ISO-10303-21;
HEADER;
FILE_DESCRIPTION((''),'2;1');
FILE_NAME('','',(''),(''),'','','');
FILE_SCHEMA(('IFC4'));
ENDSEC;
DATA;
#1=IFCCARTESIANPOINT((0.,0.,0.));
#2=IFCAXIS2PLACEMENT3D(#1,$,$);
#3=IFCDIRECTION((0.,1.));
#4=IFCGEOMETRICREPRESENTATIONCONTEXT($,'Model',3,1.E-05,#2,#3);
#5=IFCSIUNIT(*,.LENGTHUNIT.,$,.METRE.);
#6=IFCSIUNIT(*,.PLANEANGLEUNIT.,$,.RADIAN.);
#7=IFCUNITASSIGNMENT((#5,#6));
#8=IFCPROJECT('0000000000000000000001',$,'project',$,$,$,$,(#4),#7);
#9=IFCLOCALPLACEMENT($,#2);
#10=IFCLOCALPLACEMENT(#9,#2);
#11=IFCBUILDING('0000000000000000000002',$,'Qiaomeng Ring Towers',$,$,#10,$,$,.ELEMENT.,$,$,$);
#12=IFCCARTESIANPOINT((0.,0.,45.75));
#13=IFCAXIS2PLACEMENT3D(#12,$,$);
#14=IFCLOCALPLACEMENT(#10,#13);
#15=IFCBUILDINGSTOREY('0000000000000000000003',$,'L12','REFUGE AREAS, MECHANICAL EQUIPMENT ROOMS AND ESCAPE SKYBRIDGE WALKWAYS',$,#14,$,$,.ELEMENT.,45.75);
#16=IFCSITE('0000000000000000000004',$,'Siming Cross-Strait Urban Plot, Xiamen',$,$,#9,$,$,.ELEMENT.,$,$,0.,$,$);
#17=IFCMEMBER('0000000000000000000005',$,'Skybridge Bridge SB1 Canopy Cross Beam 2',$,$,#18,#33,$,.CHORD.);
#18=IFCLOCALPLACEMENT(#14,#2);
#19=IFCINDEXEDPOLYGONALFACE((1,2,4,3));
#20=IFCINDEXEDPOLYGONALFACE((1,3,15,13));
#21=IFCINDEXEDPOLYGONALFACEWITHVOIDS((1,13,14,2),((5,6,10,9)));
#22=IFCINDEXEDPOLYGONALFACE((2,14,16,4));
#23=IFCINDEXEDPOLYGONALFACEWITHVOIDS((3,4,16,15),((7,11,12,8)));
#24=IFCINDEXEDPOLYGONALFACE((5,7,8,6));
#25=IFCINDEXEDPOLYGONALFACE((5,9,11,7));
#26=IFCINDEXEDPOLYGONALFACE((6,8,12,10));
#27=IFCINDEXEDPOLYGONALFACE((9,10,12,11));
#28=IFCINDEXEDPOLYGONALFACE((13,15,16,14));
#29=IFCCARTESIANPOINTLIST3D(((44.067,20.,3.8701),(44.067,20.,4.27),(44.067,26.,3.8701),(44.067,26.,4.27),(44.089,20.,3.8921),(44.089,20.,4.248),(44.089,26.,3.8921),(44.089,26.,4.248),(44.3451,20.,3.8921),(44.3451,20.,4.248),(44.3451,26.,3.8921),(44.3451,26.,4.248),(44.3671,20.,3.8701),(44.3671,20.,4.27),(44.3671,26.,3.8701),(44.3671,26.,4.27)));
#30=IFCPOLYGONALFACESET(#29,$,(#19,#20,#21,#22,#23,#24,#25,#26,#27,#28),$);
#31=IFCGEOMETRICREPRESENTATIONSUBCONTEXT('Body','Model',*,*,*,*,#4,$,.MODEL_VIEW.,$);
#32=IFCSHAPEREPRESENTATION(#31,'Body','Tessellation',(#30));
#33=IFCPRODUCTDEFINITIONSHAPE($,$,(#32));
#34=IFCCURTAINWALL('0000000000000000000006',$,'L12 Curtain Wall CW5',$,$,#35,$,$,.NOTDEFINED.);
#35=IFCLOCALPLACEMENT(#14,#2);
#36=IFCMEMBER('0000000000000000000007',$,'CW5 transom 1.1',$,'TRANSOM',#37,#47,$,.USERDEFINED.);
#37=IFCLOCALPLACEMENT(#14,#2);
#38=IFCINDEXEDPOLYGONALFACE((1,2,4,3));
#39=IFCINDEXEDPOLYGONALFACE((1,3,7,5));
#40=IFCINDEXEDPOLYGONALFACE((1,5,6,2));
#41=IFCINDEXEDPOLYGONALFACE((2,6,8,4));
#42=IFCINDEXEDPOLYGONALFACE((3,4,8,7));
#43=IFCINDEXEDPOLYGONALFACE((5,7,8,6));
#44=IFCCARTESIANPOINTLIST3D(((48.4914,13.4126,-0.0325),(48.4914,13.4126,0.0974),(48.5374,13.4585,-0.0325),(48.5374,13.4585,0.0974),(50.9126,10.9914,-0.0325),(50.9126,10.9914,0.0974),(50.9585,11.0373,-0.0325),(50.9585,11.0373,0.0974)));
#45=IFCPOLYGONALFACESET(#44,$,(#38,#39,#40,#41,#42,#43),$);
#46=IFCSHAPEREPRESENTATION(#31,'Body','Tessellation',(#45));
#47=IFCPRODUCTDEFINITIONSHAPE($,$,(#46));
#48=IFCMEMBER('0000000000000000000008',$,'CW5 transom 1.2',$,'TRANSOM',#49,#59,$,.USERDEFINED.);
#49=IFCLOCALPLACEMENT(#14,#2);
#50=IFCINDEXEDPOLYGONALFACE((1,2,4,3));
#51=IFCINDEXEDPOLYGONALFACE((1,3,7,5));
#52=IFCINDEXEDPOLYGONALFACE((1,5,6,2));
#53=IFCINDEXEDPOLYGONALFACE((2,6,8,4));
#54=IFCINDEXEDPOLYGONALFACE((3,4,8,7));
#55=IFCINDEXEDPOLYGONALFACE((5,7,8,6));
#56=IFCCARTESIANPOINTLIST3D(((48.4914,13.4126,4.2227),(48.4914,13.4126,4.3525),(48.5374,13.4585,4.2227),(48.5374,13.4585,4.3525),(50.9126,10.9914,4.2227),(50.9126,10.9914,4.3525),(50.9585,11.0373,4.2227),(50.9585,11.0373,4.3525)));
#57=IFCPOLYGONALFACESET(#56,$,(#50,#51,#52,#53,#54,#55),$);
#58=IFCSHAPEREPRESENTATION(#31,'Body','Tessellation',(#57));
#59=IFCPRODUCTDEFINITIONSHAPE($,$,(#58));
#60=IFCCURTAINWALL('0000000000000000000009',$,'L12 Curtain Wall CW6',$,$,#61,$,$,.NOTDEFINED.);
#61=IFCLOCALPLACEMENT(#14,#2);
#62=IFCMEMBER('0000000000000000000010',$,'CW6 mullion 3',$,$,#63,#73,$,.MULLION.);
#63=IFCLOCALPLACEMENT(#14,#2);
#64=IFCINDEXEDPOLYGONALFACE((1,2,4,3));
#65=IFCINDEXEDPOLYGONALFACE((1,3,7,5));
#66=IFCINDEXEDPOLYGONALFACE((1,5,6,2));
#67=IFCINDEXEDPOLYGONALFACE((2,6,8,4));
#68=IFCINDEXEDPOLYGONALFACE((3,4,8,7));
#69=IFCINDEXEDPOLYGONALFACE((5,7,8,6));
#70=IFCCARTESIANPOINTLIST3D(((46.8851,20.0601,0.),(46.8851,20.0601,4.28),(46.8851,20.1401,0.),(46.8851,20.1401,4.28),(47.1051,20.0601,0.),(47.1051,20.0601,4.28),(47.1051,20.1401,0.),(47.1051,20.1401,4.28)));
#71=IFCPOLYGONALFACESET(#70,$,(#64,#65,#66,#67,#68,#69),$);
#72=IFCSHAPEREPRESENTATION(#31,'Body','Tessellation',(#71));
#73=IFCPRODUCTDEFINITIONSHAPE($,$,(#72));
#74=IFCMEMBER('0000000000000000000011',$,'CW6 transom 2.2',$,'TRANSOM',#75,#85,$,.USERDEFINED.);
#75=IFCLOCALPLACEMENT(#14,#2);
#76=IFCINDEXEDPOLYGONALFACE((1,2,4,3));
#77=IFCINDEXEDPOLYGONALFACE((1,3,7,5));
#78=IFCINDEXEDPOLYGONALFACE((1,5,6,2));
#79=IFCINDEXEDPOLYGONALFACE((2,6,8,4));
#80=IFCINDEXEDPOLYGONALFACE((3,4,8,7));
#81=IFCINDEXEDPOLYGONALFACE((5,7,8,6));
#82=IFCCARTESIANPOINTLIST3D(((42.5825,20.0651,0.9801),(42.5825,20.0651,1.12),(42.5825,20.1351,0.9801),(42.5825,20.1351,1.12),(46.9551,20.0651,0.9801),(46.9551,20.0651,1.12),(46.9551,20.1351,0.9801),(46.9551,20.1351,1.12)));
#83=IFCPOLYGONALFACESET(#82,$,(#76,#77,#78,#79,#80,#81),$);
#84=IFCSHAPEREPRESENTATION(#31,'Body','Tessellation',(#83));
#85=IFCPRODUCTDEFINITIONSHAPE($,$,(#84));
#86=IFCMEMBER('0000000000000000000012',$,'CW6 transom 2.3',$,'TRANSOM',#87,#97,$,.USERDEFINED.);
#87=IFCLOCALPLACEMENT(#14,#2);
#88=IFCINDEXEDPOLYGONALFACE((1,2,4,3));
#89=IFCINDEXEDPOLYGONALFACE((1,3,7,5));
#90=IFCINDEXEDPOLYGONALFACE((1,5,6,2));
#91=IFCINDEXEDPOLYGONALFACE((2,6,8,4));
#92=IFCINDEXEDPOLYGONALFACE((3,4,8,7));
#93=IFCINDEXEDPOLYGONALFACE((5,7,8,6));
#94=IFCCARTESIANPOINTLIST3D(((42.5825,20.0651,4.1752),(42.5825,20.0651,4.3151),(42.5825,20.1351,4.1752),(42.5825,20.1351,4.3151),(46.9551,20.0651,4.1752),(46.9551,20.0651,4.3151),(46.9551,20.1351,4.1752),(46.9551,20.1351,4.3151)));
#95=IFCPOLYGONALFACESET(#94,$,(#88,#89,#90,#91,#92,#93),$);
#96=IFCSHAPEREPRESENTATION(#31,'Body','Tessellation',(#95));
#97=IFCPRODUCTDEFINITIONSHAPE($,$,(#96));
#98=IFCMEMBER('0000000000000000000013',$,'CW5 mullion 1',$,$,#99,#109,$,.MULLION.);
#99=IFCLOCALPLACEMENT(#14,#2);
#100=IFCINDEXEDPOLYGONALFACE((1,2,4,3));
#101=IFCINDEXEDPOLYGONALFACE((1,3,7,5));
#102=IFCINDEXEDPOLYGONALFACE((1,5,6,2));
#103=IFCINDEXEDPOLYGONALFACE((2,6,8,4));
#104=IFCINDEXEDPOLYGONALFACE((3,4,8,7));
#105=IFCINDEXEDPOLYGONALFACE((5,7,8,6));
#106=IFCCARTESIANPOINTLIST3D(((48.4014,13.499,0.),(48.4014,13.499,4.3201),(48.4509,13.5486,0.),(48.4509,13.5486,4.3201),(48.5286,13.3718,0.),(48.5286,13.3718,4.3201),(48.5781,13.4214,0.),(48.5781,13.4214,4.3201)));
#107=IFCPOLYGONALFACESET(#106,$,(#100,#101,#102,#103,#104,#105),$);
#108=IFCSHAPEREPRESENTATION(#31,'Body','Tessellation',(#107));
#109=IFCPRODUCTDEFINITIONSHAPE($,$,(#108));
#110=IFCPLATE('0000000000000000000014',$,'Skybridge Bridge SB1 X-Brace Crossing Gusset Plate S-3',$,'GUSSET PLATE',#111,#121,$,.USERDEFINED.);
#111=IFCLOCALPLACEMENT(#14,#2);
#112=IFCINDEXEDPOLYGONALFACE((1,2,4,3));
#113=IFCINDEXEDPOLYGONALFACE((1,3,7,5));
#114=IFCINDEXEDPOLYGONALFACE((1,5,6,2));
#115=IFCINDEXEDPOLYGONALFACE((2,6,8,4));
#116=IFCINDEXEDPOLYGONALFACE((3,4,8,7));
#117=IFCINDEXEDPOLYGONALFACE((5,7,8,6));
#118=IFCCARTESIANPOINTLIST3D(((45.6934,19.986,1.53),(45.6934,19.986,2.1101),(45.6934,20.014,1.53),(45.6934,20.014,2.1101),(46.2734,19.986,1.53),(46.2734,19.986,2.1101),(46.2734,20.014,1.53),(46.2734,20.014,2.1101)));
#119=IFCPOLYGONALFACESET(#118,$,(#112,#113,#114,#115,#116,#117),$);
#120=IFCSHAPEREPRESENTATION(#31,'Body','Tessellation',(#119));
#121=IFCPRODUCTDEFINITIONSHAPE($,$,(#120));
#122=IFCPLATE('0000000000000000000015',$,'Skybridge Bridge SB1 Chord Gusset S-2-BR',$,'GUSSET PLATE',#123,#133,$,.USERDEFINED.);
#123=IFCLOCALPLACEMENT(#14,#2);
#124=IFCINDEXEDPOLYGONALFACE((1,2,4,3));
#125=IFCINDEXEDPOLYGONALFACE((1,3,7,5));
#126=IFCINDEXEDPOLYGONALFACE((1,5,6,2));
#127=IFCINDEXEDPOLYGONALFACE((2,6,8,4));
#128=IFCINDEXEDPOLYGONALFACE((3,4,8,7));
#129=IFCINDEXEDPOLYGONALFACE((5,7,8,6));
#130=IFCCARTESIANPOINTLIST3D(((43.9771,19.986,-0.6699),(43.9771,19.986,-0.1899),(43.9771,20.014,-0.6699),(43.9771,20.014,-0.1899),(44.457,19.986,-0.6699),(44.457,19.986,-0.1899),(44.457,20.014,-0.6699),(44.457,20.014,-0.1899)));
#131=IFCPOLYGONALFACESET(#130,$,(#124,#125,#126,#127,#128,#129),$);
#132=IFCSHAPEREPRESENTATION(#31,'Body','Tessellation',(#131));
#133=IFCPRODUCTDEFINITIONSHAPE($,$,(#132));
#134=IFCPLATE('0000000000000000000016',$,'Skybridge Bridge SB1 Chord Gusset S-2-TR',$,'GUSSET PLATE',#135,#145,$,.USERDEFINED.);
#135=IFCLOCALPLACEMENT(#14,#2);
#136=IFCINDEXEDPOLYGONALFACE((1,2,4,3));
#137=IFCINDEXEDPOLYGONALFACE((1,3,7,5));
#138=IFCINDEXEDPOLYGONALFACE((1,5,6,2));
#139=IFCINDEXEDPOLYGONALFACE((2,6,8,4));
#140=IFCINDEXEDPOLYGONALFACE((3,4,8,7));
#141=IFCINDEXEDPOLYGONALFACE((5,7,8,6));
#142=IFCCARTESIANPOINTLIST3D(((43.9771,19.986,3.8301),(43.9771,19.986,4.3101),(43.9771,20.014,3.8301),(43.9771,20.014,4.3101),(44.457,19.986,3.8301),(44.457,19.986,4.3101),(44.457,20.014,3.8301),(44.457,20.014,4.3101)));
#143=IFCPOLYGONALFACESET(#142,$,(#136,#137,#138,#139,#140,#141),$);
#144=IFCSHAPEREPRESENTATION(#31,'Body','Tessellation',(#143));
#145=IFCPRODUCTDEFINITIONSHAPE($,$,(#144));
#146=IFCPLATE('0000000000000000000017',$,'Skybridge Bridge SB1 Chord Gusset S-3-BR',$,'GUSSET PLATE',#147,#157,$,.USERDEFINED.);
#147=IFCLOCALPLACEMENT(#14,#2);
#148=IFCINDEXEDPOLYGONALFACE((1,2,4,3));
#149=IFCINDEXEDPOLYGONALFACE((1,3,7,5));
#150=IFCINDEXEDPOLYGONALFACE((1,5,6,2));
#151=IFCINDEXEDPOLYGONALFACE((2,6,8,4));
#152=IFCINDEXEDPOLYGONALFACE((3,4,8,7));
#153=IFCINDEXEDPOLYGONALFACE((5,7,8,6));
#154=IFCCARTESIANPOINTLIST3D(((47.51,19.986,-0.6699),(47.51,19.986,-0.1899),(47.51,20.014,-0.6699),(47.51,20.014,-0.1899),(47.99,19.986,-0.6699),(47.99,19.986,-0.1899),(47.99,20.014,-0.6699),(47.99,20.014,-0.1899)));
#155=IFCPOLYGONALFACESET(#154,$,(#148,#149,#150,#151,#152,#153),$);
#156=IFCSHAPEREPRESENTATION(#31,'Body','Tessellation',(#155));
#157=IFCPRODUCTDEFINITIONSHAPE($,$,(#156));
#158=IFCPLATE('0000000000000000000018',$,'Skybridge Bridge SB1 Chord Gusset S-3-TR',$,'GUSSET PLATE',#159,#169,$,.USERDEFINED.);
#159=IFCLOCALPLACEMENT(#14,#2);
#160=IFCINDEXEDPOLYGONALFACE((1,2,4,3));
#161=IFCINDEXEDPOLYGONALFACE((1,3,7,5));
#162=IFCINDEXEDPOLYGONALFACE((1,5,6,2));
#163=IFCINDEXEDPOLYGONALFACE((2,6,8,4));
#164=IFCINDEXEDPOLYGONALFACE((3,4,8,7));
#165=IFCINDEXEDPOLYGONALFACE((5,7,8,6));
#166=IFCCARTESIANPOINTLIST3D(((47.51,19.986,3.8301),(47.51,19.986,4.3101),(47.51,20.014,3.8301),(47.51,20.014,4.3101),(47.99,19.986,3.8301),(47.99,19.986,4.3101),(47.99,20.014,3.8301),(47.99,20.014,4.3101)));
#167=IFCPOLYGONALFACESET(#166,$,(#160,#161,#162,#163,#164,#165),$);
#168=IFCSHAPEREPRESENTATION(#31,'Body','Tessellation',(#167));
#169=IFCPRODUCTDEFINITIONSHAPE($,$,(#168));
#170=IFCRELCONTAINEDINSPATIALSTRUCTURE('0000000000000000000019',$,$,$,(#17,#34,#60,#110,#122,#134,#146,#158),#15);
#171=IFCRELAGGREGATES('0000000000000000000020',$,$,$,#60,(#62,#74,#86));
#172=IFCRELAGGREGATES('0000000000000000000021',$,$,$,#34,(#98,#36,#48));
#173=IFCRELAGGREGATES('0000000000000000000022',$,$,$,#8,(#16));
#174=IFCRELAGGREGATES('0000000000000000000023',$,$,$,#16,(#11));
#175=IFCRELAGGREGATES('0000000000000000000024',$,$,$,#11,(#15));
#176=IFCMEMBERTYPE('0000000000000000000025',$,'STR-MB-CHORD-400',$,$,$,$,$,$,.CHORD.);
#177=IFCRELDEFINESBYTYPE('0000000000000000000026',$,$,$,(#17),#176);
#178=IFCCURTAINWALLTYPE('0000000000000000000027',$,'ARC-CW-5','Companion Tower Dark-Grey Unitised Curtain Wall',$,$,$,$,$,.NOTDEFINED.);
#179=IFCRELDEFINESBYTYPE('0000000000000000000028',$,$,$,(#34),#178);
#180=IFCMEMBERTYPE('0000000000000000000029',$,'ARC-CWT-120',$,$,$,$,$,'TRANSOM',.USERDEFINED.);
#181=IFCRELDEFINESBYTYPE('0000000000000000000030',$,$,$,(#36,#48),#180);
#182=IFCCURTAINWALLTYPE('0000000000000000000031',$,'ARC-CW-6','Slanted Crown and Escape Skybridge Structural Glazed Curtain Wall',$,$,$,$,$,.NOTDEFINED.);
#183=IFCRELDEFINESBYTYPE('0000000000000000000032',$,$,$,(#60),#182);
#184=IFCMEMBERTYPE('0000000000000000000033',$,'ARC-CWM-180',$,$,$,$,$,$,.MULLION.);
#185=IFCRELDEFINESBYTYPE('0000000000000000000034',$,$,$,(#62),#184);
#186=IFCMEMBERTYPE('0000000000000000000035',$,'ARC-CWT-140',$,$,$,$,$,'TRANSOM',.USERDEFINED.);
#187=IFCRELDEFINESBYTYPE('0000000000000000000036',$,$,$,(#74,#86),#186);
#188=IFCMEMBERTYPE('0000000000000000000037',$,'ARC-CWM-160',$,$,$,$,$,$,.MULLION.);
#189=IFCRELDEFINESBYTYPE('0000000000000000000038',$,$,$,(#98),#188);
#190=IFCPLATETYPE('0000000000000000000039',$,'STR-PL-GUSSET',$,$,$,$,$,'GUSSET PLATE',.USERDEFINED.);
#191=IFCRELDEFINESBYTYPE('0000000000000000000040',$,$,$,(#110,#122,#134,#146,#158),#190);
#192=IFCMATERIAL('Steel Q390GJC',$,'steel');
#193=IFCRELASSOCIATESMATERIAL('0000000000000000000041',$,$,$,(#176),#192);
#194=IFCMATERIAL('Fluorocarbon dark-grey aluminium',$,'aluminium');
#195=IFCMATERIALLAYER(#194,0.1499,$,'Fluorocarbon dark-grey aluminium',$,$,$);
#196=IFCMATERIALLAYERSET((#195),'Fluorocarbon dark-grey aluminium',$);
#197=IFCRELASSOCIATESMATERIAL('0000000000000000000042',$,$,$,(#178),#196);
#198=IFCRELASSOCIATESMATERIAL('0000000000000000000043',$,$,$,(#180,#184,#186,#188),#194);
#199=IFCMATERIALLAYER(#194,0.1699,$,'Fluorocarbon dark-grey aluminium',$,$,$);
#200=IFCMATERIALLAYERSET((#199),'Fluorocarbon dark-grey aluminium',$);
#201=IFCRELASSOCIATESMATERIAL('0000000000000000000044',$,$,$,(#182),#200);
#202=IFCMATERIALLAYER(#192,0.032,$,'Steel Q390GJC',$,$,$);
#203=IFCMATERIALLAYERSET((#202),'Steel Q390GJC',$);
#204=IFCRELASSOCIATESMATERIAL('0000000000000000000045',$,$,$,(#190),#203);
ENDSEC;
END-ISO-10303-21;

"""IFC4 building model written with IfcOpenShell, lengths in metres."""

from ifc_helpers import new_model, si_unit, direction, frame, origin, origin_2d, place, context, subcontext, project, spatial, rectangle, hollow_rectangle, extrude, source, transform, mapped, material, layer, layer_set, material_profile, profile_set, type_object, element, aggregate, save


model = new_model("IFC4")

# Units and contexts
model_context = context("Model", 3, precision=1e-05, world=origin(), true_north=direction((0.0, 1.0)))
body_context = subcontext(model_context, "Body", "Model", "MODEL_VIEW")
ifc_project = project(units=[si_unit("LENGTHUNIT", "METRE"), si_unit("PLANEANGLEUNIT", "RADIAN")], contexts=[model_context])

# Site, building, storey
site_placement = place(None, origin())
site = spatial("IfcSite", under=ifc_project, at=site_placement, Name="Siming Cross-Strait Urban Plot, Xiamen", CompositionType="ELEMENT", RefElevation=0.0)
building_placement = place(site_placement, origin())
building = spatial("IfcBuilding", under=site, at=building_placement, Name="Qiaomeng Ring Towers", CompositionType="ELEMENT")
storey_placement = place(building_placement, frame((0.0, 0.0, 45.75)))
storey = spatial("IfcBuildingStorey", under=building, at=storey_placement, Name="L12", Description="REFUGE AREAS, MECHANICAL EQUIPMENT ROOMS AND ESCAPE SKYBRIDGE WALKWAYS", CompositionType="ELEMENT", Elevation=45.75)

# Shared definitions
ifc_material_1 = material(Name="Steel Q390GJC", Category="steel")

# Member
ifc_material_profile_1 = material_profile(ifc_material_1, hollow_rectangle(XDim=0.3, YDim=0.3999, WallThickness=0.022, at=origin_2d()), Name="RHS 400x300x22")
ifc_profile_set_1 = profile_set([ifc_material_profile_1], Name="Steel Q390GJC")
member_type_1 = type_object("IfcMemberType", Name="STR-MB-CHORD-400", PredefinedType="CHORD", material=ifc_profile_set_1)
shared_shape_1 = source(origin(), body_context, "Body", "SweptSolid", [
    extrude(hollow_rectangle(XDim=0.3, YDim=0.3999, WallThickness=0.022, at=origin_2d()), origin(), (0.0, 0.0, 1.0), 6.0),
])
for number, where, z_axis, x_axis, name in (
    (1, (44.217, 20.0, 4.0701), (0.0, 1.0, 0.0), (-1.0, 0.0, 0.0), "Skybridge Bridge SB1 Canopy Cross Beam 2"),
):
    element("IfcMember", number, at=place(storey_placement, frame(where, z_axis=z_axis, x_axis=x_axis)), inside=storey, type_object=member_type_1, Name=name, PredefinedType="CHORD", context=body_context, shape_type="MappedRepresentation", body=[
        mapped(shared_shape_1, transform((0.0, 0.0, 0.0), x_axis=(1.0, 0.0, 0.0), y_axis=(0.0, 1.0, 0.0), z_axis=(0.0, 0.0, 1.0), scale=1.0)),
    ])

# Curtain walls, members
ifc_material_2 = material(Name="Fluorocarbon dark-grey aluminium", Category="aluminium")
ifc_layer_1 = layer(ifc_material_2, 0.1499, Name="Fluorocarbon dark-grey aluminium")
ifc_layer_set_1 = layer_set([ifc_layer_1], Name="Fluorocarbon dark-grey aluminium")
curtain_wall_type_1 = type_object("IfcCurtainWallType", Name="ARC-CW-5", Description="Companion Tower Dark-Grey Unitised Curtain Wall", PredefinedType="NOTDEFINED", material=ifc_layer_set_1)
curtain_wall_1_placement = place(storey_placement, origin())
curtain_wall_1 = element("IfcCurtainWall", 2, at=curtain_wall_1_placement, inside=storey, type_object=curtain_wall_type_1, Name="L12 Curtain Wall CW5", PredefinedType="NOTDEFINED")
ifc_material_profile_2 = material_profile(ifc_material_2, rectangle(XDim=0.0649, YDim=0.1299, at=origin_2d()), Name="ALU TRAN 65x130")
ifc_profile_set_2 = profile_set([ifc_material_profile_2], Name="Fluorocarbon dark-grey aluminium")
member_type_2 = type_object("IfcMemberType", Name="ARC-CWT-120", ElementType="TRANSOM", PredefinedType="USERDEFINED", material=ifc_profile_set_2)
shared_shape_2 = source(origin(), body_context, "Body", "SweptSolid", [
    extrude(rectangle(XDim=0.0649, YDim=0.1299, at=origin_2d()), origin(), (0.0, 0.0, 1.0), 3.4241),
])
member_1_placement = place(storey_placement, frame((48.5144, 13.4355, 0.0325), z_axis=(0.707107, -0.707107, 0.0), x_axis=(0.707107, 0.707107, 0.0)))
member_1 = element("IfcMember", 3, at=member_1_placement, type_object=member_type_2, Name="CW5 transom 1.1", ObjectType="TRANSOM", PredefinedType="USERDEFINED", context=body_context, shape_type="MappedRepresentation", body=[
    mapped(shared_shape_2, transform((0.0, 0.0, 0.0), x_axis=(1.0, 0.0, 0.0), y_axis=(0.0, 1.0, 0.0), z_axis=(0.0, 0.0, 1.0), scale=1.0)),
])
member_2_placement = place(storey_placement, frame((48.5144, 13.4355, 4.2876), z_axis=(0.707107, -0.707107, 0.0), x_axis=(0.707107, 0.707107, 0.0)))
member_2 = element("IfcMember", 4, at=member_2_placement, type_object=member_type_2, Name="CW5 transom 1.2", ObjectType="TRANSOM", PredefinedType="USERDEFINED", context=body_context, shape_type="MappedRepresentation", body=[
    mapped(shared_shape_2, transform((0.0, 0.0, 0.0), x_axis=(1.0, 0.0, 0.0), y_axis=(0.0, 1.0, 0.0), z_axis=(0.0, 0.0, 1.0), scale=1.0)),
])
ifc_layer_2 = layer(ifc_material_2, 0.1699, Name="Fluorocarbon dark-grey aluminium")
ifc_layer_set_2 = layer_set([ifc_layer_2], Name="Fluorocarbon dark-grey aluminium")
curtain_wall_type_2 = type_object("IfcCurtainWallType", Name="ARC-CW-6", Description="Slanted Crown and Escape Skybridge Structural Glazed Curtain Wall", PredefinedType="NOTDEFINED", material=ifc_layer_set_2)
curtain_wall_2_placement = place(storey_placement, origin())
curtain_wall_2 = element("IfcCurtainWall", 5, at=curtain_wall_2_placement, inside=storey, type_object=curtain_wall_type_2, Name="L12 Curtain Wall CW6", PredefinedType="NOTDEFINED")
ifc_material_profile_3 = material_profile(ifc_material_2, rectangle(XDim=0.0801, YDim=0.22, at=origin_2d()), Name="ALU MULL 80x220")
ifc_profile_set_3 = profile_set([ifc_material_profile_3], Name="Fluorocarbon dark-grey aluminium")
member_type_3 = type_object("IfcMemberType", Name="ARC-CWM-180", PredefinedType="MULLION", material=ifc_profile_set_3)
shared_shape_3 = source(origin(), body_context, "Body", "SweptSolid", [
    extrude(rectangle(XDim=0.0801, YDim=0.22, at=origin_2d()), origin(), (0.0, 0.0, 1.0), 4.28),
])
member_3_placement = place(storey_placement, frame((46.9951, 20.1001, 0.0), z_axis=(0.0, 0.0, 1.0), x_axis=(0.0, 1.0, 0.0)))
member_3 = element("IfcMember", 6, at=member_3_placement, type_object=member_type_3, Name="CW6 mullion 3", PredefinedType="MULLION", context=body_context, shape_type="MappedRepresentation", body=[
    mapped(shared_shape_3, transform((0.0, 0.0, 0.0), x_axis=(1.0, 0.0, 0.0), y_axis=(0.0, 1.0, 0.0), z_axis=(0.0, 0.0, 1.0), scale=1.0)),
])
ifc_material_profile_4 = material_profile(ifc_material_2, rectangle(XDim=0.0701, YDim=0.1399, at=origin_2d()), Name="ALU TRAN 70x140")
ifc_profile_set_4 = profile_set([ifc_material_profile_4], Name="Fluorocarbon dark-grey aluminium")
member_type_4 = type_object("IfcMemberType", Name="ARC-CWT-140", ElementType="TRANSOM", PredefinedType="USERDEFINED", material=ifc_profile_set_4)
shared_shape_4 = source(origin(), body_context, "Body", "SweptSolid", [
    extrude(rectangle(XDim=0.0701, YDim=0.1399, at=origin_2d()), origin(), (0.0, 0.0, 1.0), 4.3726),
])
member_4_placement = place(storey_placement, frame((42.5825, 20.1001, 1.05), z_axis=(1.0, 0.0, 0.0), x_axis=(0.0, 1.0, 0.0)))
member_4 = element("IfcMember", 7, at=member_4_placement, type_object=member_type_4, Name="CW6 transom 2.2", ObjectType="TRANSOM", PredefinedType="USERDEFINED", context=body_context, shape_type="MappedRepresentation", body=[
    mapped(shared_shape_4, transform((0.0, 0.0, 0.0), x_axis=(1.0, 0.0, 0.0), y_axis=(0.0, 1.0, 0.0), z_axis=(0.0, 0.0, 1.0), scale=1.0)),
])
member_5_placement = place(storey_placement, frame((42.5825, 20.1001, 4.2451), z_axis=(1.0, 0.0, 0.0), x_axis=(0.0, 1.0, 0.0)))
member_5 = element("IfcMember", 8, at=member_5_placement, type_object=member_type_4, Name="CW6 transom 2.3", ObjectType="TRANSOM", PredefinedType="USERDEFINED", context=body_context, shape_type="MappedRepresentation", body=[
    mapped(shared_shape_4, transform((0.0, 0.0, 0.0), x_axis=(1.0, 0.0, 0.0), y_axis=(0.0, 1.0, 0.0), z_axis=(0.0, 0.0, 1.0), scale=1.0)),
])

# Member
ifc_material_profile_5 = material_profile(ifc_material_2, rectangle(XDim=0.0701, YDim=0.1799, at=origin_2d()), Name="ALU MULL 70x180")
ifc_profile_set_5 = profile_set([ifc_material_profile_5], Name="Fluorocarbon dark-grey aluminium")
member_type_5 = type_object("IfcMemberType", Name="ARC-CWM-160", PredefinedType="MULLION", material=ifc_profile_set_5)
shared_shape_5 = source(origin(), body_context, "Body", "SweptSolid", [
    extrude(rectangle(XDim=0.0701, YDim=0.1799, at=origin_2d()), origin(), (0.0, 0.0, 1.0), 4.3201),
])
member_6_placement = place(storey_placement, frame((48.4897, 13.4602, 0.0), z_axis=(0.0, 0.0, 1.0), x_axis=(0.707107, 0.707107, 0.0)))
member_6 = element("IfcMember", 9, at=member_6_placement, type_object=member_type_5, Name="CW5 mullion 1", PredefinedType="MULLION", context=body_context, shape_type="MappedRepresentation", body=[
    mapped(shared_shape_5, transform((0.0, 0.0, 0.0), x_axis=(1.0, 0.0, 0.0), y_axis=(0.0, 1.0, 0.0), z_axis=(0.0, 0.0, 1.0), scale=1.0)),
])

# Plates
ifc_layer_3 = layer(ifc_material_1, 0.032, Name="Steel Q390GJC")
ifc_layer_set_3 = layer_set([ifc_layer_3], Name="Steel Q390GJC")
plate_type_1 = type_object("IfcPlateType", Name="STR-PL-GUSSET", ElementType="GUSSET PLATE", PredefinedType="USERDEFINED", material=ifc_layer_set_3)
shared_shape_6 = source(origin(), body_context, "Body", "SweptSolid", [
    extrude(rectangle(XDim=0.5801, YDim=0.0281, at=origin_2d()), origin(), (0.0, 0.0, 1.0), 0.5801),
])
plate_1_placement = place(storey_placement, frame((45.9834, 20.0, 1.53), z_axis=(0.0, 0.0, 1.0), x_axis=(1.0, 0.0, 0.0)))
element("IfcPlate", 10, at=plate_1_placement, inside=storey, type_object=plate_type_1, Name="Skybridge Bridge SB1 X-Brace Crossing Gusset Plate S-3", ObjectType="GUSSET PLATE", PredefinedType="USERDEFINED", context=body_context, shape_type="MappedRepresentation", body=[
    mapped(shared_shape_6, transform((0.0, 0.0, 0.0), x_axis=(1.0, 0.0, 0.0), y_axis=(0.0, 1.0, 0.0), z_axis=(0.0, 0.0, 1.0), scale=1.0)),
])
shared_shape_7 = source(origin(), body_context, "Body", "SweptSolid", [
    extrude(rectangle(XDim=0.48, YDim=0.0281, at=origin_2d()), origin(), (0.0, 0.0, 1.0), 0.48),
])
for number, where, z_axis, x_axis, name in (
    (11, (44.217, 20.0, -0.6699), (0.0, 0.0, 1.0), (1.0, 0.0, 0.0), "Skybridge Bridge SB1 Chord Gusset S-2-BR"),
    (12, (44.217, 20.0, 3.8301), (0.0, 0.0, 1.0), (1.0, 0.0, 0.0), "Skybridge Bridge SB1 Chord Gusset S-2-TR"),
    (13, (47.75, 20.0, -0.6699), (0.0, 0.0, 1.0), (1.0, 0.0, 0.0), "Skybridge Bridge SB1 Chord Gusset S-3-BR"),
    (14, (47.75, 20.0, 3.8301), (0.0, 0.0, 1.0), (1.0, 0.0, 0.0), "Skybridge Bridge SB1 Chord Gusset S-3-TR"),
):
    element("IfcPlate", number, at=place(storey_placement, frame(where, z_axis=z_axis, x_axis=x_axis)), inside=storey, type_object=plate_type_1, Name=name, ObjectType="GUSSET PLATE", PredefinedType="USERDEFINED", context=body_context, shape_type="MappedRepresentation", body=[
        mapped(shared_shape_7, transform((0.0, 0.0, 0.0), x_axis=(1.0, 0.0, 0.0), y_axis=(0.0, 1.0, 0.0), z_axis=(0.0, 0.0, 1.0), scale=1.0)),
    ])

aggregate(curtain_wall_2, [member_3, member_4, member_5])
aggregate(curtain_wall_1, [member_6, member_1, member_2])

save(model, "model.ifc")
